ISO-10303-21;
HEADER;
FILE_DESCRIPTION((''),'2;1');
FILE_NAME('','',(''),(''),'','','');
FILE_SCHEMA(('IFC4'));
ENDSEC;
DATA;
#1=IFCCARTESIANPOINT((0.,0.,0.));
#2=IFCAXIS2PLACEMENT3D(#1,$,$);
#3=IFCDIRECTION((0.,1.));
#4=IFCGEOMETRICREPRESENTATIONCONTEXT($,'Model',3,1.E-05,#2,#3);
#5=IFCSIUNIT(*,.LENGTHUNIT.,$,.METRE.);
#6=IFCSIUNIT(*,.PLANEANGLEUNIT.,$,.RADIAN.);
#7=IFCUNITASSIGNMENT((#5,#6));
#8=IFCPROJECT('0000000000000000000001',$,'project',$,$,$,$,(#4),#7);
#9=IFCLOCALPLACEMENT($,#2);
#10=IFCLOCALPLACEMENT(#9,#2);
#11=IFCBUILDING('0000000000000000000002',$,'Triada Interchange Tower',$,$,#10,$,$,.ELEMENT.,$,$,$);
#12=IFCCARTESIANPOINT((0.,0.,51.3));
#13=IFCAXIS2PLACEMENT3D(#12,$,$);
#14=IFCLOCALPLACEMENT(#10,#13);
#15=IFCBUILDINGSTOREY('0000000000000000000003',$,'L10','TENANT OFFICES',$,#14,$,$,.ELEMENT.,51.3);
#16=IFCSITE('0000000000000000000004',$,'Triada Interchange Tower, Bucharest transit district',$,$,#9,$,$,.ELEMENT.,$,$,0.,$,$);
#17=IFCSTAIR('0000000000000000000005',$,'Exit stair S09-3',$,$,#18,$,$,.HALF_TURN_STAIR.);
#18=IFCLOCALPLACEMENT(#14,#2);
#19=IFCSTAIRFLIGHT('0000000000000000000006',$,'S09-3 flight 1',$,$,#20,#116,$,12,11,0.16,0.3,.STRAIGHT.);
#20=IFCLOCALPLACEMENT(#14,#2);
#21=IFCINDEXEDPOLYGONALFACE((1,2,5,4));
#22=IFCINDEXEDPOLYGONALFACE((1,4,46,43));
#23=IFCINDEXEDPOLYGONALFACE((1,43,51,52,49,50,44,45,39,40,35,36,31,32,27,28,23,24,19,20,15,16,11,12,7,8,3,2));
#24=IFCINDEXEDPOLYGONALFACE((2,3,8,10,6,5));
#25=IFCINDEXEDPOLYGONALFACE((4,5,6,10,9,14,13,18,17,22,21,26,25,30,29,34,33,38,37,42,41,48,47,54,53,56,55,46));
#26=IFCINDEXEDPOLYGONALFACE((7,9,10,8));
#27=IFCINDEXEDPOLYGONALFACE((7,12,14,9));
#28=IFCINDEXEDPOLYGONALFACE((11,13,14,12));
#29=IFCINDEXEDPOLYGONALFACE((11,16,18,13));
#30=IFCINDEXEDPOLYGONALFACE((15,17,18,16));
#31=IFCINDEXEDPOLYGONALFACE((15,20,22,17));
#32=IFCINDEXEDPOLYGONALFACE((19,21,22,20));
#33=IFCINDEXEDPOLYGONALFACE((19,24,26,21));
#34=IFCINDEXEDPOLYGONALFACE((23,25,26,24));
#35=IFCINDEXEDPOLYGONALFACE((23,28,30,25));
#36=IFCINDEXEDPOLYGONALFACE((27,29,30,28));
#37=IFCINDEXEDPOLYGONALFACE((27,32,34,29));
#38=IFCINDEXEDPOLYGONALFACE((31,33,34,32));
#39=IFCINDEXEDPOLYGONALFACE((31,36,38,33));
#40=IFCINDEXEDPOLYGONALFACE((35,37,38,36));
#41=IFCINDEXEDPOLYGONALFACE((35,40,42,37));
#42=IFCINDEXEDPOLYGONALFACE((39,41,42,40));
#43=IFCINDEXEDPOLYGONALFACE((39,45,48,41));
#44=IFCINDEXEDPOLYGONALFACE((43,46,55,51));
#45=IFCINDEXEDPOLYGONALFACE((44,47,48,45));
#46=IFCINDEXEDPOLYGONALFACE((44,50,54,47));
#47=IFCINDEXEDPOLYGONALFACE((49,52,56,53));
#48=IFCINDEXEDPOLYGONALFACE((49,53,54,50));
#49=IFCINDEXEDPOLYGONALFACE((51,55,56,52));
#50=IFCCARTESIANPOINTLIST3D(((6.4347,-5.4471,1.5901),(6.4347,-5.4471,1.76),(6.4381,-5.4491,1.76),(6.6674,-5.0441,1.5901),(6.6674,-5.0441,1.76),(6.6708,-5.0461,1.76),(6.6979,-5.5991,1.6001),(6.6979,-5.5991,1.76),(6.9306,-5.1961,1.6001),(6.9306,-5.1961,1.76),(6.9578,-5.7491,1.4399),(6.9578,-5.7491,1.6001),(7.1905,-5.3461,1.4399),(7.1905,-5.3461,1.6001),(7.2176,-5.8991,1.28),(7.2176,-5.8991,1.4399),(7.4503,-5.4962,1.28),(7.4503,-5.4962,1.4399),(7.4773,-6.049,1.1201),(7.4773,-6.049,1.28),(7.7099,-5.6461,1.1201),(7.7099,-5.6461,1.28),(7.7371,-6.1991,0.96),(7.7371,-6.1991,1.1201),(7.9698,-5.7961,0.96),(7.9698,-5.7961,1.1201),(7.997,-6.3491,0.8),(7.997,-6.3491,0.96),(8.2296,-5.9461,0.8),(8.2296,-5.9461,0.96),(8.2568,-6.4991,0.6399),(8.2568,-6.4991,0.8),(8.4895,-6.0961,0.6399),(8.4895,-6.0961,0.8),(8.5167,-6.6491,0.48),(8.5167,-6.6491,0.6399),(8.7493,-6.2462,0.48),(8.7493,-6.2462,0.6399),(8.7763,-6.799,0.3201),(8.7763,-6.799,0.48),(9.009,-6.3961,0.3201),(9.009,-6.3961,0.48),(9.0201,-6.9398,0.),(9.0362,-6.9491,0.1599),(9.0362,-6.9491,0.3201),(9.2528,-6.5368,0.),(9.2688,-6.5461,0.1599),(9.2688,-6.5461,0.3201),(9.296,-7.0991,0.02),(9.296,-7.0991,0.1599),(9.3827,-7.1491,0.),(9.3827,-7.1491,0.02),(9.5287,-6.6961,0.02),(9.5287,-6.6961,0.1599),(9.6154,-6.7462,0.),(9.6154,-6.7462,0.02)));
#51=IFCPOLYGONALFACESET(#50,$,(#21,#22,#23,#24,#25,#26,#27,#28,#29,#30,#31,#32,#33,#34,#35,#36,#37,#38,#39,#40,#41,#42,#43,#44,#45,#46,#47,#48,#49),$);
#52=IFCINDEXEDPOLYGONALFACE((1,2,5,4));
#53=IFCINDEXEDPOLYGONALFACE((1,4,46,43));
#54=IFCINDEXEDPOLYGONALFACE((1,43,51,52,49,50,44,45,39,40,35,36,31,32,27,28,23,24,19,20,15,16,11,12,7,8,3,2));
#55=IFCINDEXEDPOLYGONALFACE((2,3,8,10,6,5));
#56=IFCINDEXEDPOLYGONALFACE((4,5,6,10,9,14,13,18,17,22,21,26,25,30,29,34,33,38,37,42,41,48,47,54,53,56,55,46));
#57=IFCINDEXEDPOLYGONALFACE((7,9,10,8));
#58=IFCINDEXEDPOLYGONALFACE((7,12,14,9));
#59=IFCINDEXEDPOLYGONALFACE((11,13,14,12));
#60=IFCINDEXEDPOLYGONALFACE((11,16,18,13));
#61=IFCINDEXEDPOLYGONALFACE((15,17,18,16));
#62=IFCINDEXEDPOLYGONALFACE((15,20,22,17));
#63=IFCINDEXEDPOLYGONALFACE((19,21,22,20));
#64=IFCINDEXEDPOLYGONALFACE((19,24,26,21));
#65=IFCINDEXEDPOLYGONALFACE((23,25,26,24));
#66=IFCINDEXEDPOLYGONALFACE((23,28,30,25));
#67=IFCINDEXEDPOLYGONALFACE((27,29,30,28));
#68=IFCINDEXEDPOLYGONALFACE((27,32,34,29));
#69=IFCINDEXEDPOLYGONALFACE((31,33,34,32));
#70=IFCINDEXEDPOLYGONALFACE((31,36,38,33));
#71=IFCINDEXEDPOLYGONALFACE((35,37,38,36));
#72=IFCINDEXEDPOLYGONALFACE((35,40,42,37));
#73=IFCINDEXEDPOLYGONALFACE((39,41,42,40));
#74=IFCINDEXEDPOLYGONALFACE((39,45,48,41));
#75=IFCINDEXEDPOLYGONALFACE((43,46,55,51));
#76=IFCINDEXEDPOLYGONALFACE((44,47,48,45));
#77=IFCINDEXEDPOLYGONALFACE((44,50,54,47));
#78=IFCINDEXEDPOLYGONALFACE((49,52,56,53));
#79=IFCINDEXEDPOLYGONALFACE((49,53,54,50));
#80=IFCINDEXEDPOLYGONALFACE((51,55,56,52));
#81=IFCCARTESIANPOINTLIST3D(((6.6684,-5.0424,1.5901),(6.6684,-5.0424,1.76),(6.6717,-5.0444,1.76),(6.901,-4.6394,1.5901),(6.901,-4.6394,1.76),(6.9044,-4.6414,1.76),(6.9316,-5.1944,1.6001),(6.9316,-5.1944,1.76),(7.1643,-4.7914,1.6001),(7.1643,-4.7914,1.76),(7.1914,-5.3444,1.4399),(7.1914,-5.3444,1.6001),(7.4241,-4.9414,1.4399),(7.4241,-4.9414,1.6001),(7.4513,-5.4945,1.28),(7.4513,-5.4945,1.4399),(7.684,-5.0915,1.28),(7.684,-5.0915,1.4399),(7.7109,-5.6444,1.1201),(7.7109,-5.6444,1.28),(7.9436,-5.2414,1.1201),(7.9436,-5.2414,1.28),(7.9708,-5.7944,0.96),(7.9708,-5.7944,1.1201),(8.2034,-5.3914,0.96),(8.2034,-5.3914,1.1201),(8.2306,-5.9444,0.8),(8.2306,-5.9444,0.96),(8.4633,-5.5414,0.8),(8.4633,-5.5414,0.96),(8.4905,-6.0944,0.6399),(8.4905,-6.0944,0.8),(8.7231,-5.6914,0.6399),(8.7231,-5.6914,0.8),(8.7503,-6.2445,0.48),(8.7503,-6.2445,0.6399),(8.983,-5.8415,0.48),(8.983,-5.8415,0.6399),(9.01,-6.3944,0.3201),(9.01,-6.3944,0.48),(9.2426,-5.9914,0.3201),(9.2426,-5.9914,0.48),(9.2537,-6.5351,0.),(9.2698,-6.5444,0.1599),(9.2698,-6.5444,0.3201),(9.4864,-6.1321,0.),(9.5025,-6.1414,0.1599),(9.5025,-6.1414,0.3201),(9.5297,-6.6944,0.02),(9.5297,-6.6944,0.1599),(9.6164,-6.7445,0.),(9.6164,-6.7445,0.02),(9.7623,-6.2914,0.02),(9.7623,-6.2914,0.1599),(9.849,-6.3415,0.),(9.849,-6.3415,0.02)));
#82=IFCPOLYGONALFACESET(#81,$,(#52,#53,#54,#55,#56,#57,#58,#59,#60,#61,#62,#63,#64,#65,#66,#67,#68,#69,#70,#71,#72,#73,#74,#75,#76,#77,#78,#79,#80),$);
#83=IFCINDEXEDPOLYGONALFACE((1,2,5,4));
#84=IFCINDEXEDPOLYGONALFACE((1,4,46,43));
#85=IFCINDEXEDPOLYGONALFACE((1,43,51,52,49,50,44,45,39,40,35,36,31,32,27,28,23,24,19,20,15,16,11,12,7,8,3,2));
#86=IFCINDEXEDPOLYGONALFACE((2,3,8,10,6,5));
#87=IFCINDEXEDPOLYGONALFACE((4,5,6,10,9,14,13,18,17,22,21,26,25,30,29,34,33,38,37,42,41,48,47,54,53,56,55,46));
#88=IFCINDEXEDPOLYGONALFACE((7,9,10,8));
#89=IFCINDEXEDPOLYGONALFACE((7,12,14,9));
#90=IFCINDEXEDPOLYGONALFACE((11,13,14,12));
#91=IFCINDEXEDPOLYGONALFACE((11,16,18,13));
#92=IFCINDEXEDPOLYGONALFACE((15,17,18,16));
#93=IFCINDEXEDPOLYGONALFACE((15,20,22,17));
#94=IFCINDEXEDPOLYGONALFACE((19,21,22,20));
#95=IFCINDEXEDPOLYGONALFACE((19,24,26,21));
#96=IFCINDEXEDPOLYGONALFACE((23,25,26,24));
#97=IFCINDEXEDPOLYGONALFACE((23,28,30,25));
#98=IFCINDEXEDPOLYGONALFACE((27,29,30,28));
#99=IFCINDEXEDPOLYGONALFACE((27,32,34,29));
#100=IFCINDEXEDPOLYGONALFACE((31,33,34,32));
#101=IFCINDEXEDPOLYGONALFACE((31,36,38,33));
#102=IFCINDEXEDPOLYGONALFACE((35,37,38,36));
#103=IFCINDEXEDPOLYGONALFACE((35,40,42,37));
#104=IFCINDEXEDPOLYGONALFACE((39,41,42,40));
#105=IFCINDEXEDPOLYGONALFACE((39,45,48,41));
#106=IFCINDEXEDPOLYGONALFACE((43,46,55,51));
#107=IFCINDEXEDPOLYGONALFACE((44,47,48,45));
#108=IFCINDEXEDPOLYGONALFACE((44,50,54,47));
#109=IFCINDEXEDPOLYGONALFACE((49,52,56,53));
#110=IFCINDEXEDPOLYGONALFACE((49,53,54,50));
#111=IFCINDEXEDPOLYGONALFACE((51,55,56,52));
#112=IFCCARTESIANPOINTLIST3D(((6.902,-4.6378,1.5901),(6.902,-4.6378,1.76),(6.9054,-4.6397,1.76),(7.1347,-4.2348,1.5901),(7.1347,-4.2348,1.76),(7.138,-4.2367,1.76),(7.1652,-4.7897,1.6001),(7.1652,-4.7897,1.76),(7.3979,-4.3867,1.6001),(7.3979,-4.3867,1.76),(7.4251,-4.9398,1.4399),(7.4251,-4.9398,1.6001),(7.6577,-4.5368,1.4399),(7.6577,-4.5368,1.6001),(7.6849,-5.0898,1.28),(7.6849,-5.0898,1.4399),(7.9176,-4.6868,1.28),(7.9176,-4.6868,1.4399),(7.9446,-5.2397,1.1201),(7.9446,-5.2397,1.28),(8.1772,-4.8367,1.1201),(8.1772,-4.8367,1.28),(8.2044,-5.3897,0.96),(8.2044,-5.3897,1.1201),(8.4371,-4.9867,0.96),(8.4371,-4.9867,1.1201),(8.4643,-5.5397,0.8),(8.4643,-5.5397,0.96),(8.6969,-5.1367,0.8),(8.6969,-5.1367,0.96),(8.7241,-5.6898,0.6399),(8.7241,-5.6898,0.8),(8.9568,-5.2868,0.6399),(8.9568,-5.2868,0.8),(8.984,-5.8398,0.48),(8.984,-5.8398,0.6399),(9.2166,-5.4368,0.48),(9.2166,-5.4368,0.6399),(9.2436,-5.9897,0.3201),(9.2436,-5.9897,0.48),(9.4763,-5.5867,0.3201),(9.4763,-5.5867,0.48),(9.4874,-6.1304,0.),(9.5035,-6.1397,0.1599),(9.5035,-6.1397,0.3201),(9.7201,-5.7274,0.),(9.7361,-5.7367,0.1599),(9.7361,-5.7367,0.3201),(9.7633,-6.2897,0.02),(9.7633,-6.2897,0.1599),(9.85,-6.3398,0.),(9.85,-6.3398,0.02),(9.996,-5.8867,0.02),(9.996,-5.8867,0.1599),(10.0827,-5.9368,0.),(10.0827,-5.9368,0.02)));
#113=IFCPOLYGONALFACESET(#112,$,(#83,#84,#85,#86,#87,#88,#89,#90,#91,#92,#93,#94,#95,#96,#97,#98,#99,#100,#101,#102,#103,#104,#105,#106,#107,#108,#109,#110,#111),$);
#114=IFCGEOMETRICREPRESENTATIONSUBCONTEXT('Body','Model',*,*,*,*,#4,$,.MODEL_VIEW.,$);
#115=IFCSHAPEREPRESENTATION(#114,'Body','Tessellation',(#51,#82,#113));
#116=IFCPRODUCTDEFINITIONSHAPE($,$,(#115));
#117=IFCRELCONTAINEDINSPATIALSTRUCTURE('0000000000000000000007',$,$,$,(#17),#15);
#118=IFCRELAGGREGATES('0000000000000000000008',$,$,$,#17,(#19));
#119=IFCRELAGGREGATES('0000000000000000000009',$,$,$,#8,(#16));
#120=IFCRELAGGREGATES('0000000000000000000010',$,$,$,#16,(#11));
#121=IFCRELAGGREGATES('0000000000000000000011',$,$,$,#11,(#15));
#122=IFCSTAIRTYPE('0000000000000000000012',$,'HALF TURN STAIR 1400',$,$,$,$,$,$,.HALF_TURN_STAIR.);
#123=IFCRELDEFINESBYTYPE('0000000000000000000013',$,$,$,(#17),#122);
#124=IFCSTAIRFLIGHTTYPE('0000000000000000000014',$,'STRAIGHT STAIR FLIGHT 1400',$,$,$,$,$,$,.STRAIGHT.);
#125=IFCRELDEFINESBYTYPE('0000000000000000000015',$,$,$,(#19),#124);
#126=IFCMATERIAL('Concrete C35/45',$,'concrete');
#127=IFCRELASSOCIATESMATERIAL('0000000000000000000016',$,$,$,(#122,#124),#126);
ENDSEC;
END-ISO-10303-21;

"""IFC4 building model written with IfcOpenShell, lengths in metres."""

from ifc_helpers import new_model, si_unit, direction, frame, origin, place, context, subcontext, project, spatial, polyline, outline, extrude, material, type_object, element, aggregate, save


model = new_model("IFC4")

# Units and contexts
model_context = context("Model", 3, precision=1e-05, world=origin(), true_north=direction((0.0, 1.0)))
body_context = subcontext(model_context, "Body", "Model", "MODEL_VIEW")
ifc_project = project(units=[si_unit("LENGTHUNIT", "METRE"), si_unit("PLANEANGLEUNIT", "RADIAN")], contexts=[model_context])

# Site, building, storey
site_placement = place(None, origin())
site = spatial("IfcSite", under=ifc_project, at=site_placement, Name="Triada Interchange Tower, Bucharest transit district", CompositionType="ELEMENT", RefElevation=0.0)
building_placement = place(site_placement, origin())
building = spatial("IfcBuilding", under=site, at=building_placement, Name="Triada Interchange Tower", CompositionType="ELEMENT")
storey_placement = place(building_placement, frame((0.0, 0.0, 51.3)))
storey = spatial("IfcBuildingStorey", under=building, at=storey_placement, Name="L10", Description="TENANT OFFICES", CompositionType="ELEMENT", Elevation=51.3)

# Stair, stair flight
ifc_material_1 = material(Name="Concrete C35/45", Category="concrete")
stair_type = type_object("IfcStairType", Name="HALF TURN STAIR 1400", PredefinedType="HALF_TURN_STAIR", material=ifc_material_1)
stair_placement = place(storey_placement, origin())
stair = element("IfcStair", 1, at=stair_placement, inside=storey, type_object=stair_type, Name="Exit stair S09-3", PredefinedType="HALF_TURN_STAIR")
stair_flight_type = type_object("IfcStairFlightType", Name="STRAIGHT STAIR FLIGHT 1400", PredefinedType="STRAIGHT", material=ifc_material_1)
stair_flight_1_placement = place(storey_placement, frame((9.646, -6.4929, 0.0), z_axis=(0.0, 0.0, 1.0), x_axis=(-0.866025, 0.5, 0.0)))
stair_flight_1 = element("IfcStairFlight", 2, at=stair_flight_1_placement, type_object=stair_flight_type, Name="S09-3 flight 1", NumberOfRisers=12, NumberOfTreads=11, PredefinedType="STRAIGHT", RiserHeight=0.16, TreadLength=0.3, context=body_context, shape_type="SweptSolid", body=[
    extrude(outline(polyline([(-0.1001, 0.0), (-0.1001, 0.02), (0.0, 0.02), (0.0, 0.1599), (0.3, 0.1599), (0.3, 0.3201), (0.6001, 0.3201), (0.6001, 0.48), (0.8999, 0.48), (0.8999, 0.6399), (1.2, 0.6399), (1.2, 0.8), (1.5, 0.8), (1.5, 0.96), (1.8, 0.96), (1.8, 1.1201), (2.1001, 1.1201), (2.1001, 1.28), (2.3999, 1.28), (2.3999, 1.4399), (2.7, 1.4399), (2.7, 1.6001), (3.0, 1.6001), (3.0, 1.76), (3.3, 1.76), (3.304, 1.76), (3.304, 1.9199), (3.304, 1.5901), (0.3186, 0.0), (-0.1001, 0.0)])), frame((0.0, 0.7, 0.0), z_axis=(0.0, -1.0, 0.0), x_axis=(1.0, 0.0, 0.0)), (0.0, 0.0, 1.0), 0.4653),
    extrude(outline(polyline([(-0.1001, 0.0), (-0.1001, 0.02), (0.0, 0.02), (0.0, 0.1599), (0.3, 0.1599), (0.3, 0.3201), (0.6001, 0.3201), (0.6001, 0.48), (0.8999, 0.48), (0.8999, 0.6399), (1.2, 0.6399), (1.2, 0.8), (1.5, 0.8), (1.5, 0.96), (1.8, 0.96), (1.8, 1.1201), (2.1001, 1.1201), (2.1001, 1.28), (2.3999, 1.28), (2.3999, 1.4399), (2.7, 1.4399), (2.7, 1.6001), (3.0, 1.6001), (3.0, 1.76), (3.3, 1.76), (3.304, 1.76), (3.304, 1.9199), (3.304, 1.5901), (0.3186, 0.0), (-0.1001, 0.0)])), frame((0.0, 0.2327, 0.0), z_axis=(0.0, -1.0, 0.0), x_axis=(1.0, 0.0, 0.0)), (0.0, 0.0, 1.0), 0.4653),
    extrude(outline(polyline([(-0.1001, 0.0), (-0.1001, 0.02), (0.0, 0.02), (0.0, 0.1599), (0.3, 0.1599), (0.3, 0.3201), (0.6001, 0.3201), (0.6001, 0.48), (0.8999, 0.48), (0.8999, 0.6399), (1.2, 0.6399), (1.2, 0.8), (1.5, 0.8), (1.5, 0.96), (1.8, 0.96), (1.8, 1.1201), (2.1001, 1.1201), (2.1001, 1.28), (2.3999, 1.28), (2.3999, 1.4399), (2.7, 1.4399), (2.7, 1.6001), (3.0, 1.6001), (3.0, 1.76), (3.3, 1.76), (3.304, 1.76), (3.304, 1.9199), (3.304, 1.5901), (0.3186, 0.0), (-0.1001, 0.0)])), frame((0.0, -0.2346, 0.0), z_axis=(0.0, -1.0, 0.0), x_axis=(1.0, 0.0, 0.0)), (0.0, 0.0, 1.0), 0.4653),
])
aggregate(stair, [stair_flight_1])

save(model, "model.ifc")
